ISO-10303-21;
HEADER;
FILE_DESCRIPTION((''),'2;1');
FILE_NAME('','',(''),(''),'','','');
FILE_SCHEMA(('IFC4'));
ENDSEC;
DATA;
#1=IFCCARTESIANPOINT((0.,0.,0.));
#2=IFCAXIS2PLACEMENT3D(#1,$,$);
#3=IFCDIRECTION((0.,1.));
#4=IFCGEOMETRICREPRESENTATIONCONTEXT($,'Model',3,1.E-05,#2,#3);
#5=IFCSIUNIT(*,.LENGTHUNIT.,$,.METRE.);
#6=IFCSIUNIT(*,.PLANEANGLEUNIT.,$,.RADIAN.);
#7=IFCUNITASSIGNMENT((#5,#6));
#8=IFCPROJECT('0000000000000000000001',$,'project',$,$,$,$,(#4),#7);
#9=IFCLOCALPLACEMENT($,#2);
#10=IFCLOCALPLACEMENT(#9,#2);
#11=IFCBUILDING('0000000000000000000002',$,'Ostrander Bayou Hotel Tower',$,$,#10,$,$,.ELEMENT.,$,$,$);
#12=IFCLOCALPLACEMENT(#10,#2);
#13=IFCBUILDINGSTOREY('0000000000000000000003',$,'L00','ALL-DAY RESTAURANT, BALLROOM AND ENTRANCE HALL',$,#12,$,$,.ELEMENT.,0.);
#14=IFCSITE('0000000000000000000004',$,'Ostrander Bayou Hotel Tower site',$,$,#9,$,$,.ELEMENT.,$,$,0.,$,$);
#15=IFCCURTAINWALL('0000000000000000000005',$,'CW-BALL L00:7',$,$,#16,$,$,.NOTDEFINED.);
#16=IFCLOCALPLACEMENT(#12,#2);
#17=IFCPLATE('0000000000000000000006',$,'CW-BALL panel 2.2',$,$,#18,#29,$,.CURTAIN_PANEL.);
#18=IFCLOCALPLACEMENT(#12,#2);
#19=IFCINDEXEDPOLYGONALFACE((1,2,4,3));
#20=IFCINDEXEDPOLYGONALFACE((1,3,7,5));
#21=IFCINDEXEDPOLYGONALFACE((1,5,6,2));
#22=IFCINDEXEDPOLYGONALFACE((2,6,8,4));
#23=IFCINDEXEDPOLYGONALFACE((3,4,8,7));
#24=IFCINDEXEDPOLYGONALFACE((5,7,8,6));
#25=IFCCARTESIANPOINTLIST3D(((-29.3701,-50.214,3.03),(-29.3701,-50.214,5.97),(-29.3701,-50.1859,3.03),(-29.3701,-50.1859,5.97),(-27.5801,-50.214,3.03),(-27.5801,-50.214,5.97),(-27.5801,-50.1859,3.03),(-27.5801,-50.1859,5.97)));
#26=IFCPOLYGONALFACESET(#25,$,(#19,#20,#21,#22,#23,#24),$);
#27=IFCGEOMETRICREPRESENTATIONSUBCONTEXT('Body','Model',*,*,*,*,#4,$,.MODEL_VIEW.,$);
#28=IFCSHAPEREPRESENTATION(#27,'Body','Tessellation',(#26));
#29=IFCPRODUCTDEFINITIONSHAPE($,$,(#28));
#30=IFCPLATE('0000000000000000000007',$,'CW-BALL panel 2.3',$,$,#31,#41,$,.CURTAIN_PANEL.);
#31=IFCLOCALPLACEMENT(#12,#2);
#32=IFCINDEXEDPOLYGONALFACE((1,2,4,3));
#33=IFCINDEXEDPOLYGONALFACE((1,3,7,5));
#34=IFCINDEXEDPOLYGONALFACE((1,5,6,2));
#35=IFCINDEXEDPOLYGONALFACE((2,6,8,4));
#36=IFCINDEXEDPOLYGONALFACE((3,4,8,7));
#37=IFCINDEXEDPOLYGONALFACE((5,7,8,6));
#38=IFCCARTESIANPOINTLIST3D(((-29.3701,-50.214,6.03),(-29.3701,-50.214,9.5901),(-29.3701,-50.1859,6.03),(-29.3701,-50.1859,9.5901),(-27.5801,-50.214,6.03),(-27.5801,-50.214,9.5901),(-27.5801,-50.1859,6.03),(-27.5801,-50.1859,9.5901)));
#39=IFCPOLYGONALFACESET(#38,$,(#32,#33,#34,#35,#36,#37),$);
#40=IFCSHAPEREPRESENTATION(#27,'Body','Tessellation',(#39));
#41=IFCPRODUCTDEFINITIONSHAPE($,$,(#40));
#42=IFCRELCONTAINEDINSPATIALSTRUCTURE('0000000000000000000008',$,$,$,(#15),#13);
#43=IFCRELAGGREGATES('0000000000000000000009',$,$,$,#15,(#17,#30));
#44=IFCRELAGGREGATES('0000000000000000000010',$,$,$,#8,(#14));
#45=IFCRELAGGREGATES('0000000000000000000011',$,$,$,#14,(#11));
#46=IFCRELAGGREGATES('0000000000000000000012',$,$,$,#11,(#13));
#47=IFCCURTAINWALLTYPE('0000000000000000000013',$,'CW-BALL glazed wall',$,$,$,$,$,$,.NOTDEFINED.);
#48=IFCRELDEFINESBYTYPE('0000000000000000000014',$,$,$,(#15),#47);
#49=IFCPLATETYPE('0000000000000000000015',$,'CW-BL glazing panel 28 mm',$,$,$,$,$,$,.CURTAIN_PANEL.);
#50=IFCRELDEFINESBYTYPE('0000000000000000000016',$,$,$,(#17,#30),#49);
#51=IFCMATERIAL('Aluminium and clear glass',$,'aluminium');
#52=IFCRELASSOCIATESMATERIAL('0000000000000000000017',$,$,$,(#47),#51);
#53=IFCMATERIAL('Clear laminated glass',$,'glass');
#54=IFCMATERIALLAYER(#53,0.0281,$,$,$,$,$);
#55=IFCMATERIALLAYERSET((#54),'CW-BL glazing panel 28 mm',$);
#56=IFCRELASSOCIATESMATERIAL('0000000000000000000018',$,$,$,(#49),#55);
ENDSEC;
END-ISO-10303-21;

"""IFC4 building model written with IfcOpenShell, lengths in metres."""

from ifc_helpers import new_model, si_unit, direction, frame, origin, origin_2d, place, context, subcontext, project, spatial, rectangle, extrude, material, layer, layer_set, type_object, element, aggregate, save


model = new_model("IFC4")

# Units and contexts
model_context = context("Model", 3, precision=1e-05, world=origin(), true_north=direction((0.0, 1.0)))
body_context = subcontext(model_context, "Body", "Model", "MODEL_VIEW")
ifc_project = project(units=[si_unit("LENGTHUNIT", "METRE"), si_unit("PLANEANGLEUNIT", "RADIAN")], contexts=[model_context])

# Site, building, storey
site_placement = place(None, origin())
site = spatial("IfcSite", under=ifc_project, at=site_placement, Name="Ostrander Bayou Hotel Tower site", CompositionType="ELEMENT", RefElevation=0.0)
building_placement = place(site_placement, origin())
building = spatial("IfcBuilding", under=site, at=building_placement, Name="Ostrander Bayou Hotel Tower", CompositionType="ELEMENT")
storey_placement = place(building_placement, origin())
storey = spatial("IfcBuildingStorey", under=building, at=storey_placement, Name="L00", Description="ALL-DAY RESTAURANT, BALLROOM AND ENTRANCE HALL", CompositionType="ELEMENT", Elevation=0.0)

# Curtain wall
ifc_material_1 = material(Name="Aluminium and clear glass", Category="aluminium")
curtain_wall_type = type_object("IfcCurtainWallType", Name="CW-BALL glazed wall", PredefinedType="NOTDEFINED", material=ifc_material_1)
curtain_wall_1_placement = place(storey_placement, origin())
curtain_wall_1 = element("IfcCurtainWall", 1, at=curtain_wall_1_placement, inside=storey, type_object=curtain_wall_type, Name="CW-BALL L00:7", PredefinedType="NOTDEFINED")

# Plates
ifc_material_2 = material(Name="Clear laminated glass", Category="glass")
ifc_layer = layer(ifc_material_2, 0.0281)
ifc_layer_set = layer_set([ifc_layer], Name="CW-BL glazing panel 28 mm")
plate_type = type_object("IfcPlateType", Name="CW-BL glazing panel 28 mm", PredefinedType="CURTAIN_PANEL", material=ifc_layer_set)
plate_1_placement = place(storey_placement, frame((-28.4751, -50.2, 3.03), z_axis=(0.0, 0.0, 1.0), x_axis=(-1.0, 0.0, 0.0)))
plate_1 = element("IfcPlate", 2, at=plate_1_placement, type_object=plate_type, Name="CW-BALL panel 2.2", PredefinedType="CURTAIN_PANEL", context=body_context, shape_type="SweptSolid", body=[
    extrude(rectangle(XDim=1.79, YDim=0.0281, at=origin_2d()), origin(), (0.0, 0.0, 1.0), 2.9399),
])
plate_2_placement = place(storey_placement, frame((-28.4751, -50.2, 6.03), z_axis=(0.0, 0.0, 1.0), x_axis=(-1.0, 0.0, 0.0)))
plate_2 = element("IfcPlate", 3, at=plate_2_placement, type_object=plate_type, Name="CW-BALL panel 2.3", PredefinedType="CURTAIN_PANEL", context=body_context, shape_type="SweptSolid", body=[
    extrude(rectangle(XDim=1.79, YDim=0.0281, at=origin_2d()), origin(), (0.0, 0.0, 1.0), 3.5601),
])
aggregate(curtain_wall_1, [plate_1, plate_2])

save(model, "model.ifc")
